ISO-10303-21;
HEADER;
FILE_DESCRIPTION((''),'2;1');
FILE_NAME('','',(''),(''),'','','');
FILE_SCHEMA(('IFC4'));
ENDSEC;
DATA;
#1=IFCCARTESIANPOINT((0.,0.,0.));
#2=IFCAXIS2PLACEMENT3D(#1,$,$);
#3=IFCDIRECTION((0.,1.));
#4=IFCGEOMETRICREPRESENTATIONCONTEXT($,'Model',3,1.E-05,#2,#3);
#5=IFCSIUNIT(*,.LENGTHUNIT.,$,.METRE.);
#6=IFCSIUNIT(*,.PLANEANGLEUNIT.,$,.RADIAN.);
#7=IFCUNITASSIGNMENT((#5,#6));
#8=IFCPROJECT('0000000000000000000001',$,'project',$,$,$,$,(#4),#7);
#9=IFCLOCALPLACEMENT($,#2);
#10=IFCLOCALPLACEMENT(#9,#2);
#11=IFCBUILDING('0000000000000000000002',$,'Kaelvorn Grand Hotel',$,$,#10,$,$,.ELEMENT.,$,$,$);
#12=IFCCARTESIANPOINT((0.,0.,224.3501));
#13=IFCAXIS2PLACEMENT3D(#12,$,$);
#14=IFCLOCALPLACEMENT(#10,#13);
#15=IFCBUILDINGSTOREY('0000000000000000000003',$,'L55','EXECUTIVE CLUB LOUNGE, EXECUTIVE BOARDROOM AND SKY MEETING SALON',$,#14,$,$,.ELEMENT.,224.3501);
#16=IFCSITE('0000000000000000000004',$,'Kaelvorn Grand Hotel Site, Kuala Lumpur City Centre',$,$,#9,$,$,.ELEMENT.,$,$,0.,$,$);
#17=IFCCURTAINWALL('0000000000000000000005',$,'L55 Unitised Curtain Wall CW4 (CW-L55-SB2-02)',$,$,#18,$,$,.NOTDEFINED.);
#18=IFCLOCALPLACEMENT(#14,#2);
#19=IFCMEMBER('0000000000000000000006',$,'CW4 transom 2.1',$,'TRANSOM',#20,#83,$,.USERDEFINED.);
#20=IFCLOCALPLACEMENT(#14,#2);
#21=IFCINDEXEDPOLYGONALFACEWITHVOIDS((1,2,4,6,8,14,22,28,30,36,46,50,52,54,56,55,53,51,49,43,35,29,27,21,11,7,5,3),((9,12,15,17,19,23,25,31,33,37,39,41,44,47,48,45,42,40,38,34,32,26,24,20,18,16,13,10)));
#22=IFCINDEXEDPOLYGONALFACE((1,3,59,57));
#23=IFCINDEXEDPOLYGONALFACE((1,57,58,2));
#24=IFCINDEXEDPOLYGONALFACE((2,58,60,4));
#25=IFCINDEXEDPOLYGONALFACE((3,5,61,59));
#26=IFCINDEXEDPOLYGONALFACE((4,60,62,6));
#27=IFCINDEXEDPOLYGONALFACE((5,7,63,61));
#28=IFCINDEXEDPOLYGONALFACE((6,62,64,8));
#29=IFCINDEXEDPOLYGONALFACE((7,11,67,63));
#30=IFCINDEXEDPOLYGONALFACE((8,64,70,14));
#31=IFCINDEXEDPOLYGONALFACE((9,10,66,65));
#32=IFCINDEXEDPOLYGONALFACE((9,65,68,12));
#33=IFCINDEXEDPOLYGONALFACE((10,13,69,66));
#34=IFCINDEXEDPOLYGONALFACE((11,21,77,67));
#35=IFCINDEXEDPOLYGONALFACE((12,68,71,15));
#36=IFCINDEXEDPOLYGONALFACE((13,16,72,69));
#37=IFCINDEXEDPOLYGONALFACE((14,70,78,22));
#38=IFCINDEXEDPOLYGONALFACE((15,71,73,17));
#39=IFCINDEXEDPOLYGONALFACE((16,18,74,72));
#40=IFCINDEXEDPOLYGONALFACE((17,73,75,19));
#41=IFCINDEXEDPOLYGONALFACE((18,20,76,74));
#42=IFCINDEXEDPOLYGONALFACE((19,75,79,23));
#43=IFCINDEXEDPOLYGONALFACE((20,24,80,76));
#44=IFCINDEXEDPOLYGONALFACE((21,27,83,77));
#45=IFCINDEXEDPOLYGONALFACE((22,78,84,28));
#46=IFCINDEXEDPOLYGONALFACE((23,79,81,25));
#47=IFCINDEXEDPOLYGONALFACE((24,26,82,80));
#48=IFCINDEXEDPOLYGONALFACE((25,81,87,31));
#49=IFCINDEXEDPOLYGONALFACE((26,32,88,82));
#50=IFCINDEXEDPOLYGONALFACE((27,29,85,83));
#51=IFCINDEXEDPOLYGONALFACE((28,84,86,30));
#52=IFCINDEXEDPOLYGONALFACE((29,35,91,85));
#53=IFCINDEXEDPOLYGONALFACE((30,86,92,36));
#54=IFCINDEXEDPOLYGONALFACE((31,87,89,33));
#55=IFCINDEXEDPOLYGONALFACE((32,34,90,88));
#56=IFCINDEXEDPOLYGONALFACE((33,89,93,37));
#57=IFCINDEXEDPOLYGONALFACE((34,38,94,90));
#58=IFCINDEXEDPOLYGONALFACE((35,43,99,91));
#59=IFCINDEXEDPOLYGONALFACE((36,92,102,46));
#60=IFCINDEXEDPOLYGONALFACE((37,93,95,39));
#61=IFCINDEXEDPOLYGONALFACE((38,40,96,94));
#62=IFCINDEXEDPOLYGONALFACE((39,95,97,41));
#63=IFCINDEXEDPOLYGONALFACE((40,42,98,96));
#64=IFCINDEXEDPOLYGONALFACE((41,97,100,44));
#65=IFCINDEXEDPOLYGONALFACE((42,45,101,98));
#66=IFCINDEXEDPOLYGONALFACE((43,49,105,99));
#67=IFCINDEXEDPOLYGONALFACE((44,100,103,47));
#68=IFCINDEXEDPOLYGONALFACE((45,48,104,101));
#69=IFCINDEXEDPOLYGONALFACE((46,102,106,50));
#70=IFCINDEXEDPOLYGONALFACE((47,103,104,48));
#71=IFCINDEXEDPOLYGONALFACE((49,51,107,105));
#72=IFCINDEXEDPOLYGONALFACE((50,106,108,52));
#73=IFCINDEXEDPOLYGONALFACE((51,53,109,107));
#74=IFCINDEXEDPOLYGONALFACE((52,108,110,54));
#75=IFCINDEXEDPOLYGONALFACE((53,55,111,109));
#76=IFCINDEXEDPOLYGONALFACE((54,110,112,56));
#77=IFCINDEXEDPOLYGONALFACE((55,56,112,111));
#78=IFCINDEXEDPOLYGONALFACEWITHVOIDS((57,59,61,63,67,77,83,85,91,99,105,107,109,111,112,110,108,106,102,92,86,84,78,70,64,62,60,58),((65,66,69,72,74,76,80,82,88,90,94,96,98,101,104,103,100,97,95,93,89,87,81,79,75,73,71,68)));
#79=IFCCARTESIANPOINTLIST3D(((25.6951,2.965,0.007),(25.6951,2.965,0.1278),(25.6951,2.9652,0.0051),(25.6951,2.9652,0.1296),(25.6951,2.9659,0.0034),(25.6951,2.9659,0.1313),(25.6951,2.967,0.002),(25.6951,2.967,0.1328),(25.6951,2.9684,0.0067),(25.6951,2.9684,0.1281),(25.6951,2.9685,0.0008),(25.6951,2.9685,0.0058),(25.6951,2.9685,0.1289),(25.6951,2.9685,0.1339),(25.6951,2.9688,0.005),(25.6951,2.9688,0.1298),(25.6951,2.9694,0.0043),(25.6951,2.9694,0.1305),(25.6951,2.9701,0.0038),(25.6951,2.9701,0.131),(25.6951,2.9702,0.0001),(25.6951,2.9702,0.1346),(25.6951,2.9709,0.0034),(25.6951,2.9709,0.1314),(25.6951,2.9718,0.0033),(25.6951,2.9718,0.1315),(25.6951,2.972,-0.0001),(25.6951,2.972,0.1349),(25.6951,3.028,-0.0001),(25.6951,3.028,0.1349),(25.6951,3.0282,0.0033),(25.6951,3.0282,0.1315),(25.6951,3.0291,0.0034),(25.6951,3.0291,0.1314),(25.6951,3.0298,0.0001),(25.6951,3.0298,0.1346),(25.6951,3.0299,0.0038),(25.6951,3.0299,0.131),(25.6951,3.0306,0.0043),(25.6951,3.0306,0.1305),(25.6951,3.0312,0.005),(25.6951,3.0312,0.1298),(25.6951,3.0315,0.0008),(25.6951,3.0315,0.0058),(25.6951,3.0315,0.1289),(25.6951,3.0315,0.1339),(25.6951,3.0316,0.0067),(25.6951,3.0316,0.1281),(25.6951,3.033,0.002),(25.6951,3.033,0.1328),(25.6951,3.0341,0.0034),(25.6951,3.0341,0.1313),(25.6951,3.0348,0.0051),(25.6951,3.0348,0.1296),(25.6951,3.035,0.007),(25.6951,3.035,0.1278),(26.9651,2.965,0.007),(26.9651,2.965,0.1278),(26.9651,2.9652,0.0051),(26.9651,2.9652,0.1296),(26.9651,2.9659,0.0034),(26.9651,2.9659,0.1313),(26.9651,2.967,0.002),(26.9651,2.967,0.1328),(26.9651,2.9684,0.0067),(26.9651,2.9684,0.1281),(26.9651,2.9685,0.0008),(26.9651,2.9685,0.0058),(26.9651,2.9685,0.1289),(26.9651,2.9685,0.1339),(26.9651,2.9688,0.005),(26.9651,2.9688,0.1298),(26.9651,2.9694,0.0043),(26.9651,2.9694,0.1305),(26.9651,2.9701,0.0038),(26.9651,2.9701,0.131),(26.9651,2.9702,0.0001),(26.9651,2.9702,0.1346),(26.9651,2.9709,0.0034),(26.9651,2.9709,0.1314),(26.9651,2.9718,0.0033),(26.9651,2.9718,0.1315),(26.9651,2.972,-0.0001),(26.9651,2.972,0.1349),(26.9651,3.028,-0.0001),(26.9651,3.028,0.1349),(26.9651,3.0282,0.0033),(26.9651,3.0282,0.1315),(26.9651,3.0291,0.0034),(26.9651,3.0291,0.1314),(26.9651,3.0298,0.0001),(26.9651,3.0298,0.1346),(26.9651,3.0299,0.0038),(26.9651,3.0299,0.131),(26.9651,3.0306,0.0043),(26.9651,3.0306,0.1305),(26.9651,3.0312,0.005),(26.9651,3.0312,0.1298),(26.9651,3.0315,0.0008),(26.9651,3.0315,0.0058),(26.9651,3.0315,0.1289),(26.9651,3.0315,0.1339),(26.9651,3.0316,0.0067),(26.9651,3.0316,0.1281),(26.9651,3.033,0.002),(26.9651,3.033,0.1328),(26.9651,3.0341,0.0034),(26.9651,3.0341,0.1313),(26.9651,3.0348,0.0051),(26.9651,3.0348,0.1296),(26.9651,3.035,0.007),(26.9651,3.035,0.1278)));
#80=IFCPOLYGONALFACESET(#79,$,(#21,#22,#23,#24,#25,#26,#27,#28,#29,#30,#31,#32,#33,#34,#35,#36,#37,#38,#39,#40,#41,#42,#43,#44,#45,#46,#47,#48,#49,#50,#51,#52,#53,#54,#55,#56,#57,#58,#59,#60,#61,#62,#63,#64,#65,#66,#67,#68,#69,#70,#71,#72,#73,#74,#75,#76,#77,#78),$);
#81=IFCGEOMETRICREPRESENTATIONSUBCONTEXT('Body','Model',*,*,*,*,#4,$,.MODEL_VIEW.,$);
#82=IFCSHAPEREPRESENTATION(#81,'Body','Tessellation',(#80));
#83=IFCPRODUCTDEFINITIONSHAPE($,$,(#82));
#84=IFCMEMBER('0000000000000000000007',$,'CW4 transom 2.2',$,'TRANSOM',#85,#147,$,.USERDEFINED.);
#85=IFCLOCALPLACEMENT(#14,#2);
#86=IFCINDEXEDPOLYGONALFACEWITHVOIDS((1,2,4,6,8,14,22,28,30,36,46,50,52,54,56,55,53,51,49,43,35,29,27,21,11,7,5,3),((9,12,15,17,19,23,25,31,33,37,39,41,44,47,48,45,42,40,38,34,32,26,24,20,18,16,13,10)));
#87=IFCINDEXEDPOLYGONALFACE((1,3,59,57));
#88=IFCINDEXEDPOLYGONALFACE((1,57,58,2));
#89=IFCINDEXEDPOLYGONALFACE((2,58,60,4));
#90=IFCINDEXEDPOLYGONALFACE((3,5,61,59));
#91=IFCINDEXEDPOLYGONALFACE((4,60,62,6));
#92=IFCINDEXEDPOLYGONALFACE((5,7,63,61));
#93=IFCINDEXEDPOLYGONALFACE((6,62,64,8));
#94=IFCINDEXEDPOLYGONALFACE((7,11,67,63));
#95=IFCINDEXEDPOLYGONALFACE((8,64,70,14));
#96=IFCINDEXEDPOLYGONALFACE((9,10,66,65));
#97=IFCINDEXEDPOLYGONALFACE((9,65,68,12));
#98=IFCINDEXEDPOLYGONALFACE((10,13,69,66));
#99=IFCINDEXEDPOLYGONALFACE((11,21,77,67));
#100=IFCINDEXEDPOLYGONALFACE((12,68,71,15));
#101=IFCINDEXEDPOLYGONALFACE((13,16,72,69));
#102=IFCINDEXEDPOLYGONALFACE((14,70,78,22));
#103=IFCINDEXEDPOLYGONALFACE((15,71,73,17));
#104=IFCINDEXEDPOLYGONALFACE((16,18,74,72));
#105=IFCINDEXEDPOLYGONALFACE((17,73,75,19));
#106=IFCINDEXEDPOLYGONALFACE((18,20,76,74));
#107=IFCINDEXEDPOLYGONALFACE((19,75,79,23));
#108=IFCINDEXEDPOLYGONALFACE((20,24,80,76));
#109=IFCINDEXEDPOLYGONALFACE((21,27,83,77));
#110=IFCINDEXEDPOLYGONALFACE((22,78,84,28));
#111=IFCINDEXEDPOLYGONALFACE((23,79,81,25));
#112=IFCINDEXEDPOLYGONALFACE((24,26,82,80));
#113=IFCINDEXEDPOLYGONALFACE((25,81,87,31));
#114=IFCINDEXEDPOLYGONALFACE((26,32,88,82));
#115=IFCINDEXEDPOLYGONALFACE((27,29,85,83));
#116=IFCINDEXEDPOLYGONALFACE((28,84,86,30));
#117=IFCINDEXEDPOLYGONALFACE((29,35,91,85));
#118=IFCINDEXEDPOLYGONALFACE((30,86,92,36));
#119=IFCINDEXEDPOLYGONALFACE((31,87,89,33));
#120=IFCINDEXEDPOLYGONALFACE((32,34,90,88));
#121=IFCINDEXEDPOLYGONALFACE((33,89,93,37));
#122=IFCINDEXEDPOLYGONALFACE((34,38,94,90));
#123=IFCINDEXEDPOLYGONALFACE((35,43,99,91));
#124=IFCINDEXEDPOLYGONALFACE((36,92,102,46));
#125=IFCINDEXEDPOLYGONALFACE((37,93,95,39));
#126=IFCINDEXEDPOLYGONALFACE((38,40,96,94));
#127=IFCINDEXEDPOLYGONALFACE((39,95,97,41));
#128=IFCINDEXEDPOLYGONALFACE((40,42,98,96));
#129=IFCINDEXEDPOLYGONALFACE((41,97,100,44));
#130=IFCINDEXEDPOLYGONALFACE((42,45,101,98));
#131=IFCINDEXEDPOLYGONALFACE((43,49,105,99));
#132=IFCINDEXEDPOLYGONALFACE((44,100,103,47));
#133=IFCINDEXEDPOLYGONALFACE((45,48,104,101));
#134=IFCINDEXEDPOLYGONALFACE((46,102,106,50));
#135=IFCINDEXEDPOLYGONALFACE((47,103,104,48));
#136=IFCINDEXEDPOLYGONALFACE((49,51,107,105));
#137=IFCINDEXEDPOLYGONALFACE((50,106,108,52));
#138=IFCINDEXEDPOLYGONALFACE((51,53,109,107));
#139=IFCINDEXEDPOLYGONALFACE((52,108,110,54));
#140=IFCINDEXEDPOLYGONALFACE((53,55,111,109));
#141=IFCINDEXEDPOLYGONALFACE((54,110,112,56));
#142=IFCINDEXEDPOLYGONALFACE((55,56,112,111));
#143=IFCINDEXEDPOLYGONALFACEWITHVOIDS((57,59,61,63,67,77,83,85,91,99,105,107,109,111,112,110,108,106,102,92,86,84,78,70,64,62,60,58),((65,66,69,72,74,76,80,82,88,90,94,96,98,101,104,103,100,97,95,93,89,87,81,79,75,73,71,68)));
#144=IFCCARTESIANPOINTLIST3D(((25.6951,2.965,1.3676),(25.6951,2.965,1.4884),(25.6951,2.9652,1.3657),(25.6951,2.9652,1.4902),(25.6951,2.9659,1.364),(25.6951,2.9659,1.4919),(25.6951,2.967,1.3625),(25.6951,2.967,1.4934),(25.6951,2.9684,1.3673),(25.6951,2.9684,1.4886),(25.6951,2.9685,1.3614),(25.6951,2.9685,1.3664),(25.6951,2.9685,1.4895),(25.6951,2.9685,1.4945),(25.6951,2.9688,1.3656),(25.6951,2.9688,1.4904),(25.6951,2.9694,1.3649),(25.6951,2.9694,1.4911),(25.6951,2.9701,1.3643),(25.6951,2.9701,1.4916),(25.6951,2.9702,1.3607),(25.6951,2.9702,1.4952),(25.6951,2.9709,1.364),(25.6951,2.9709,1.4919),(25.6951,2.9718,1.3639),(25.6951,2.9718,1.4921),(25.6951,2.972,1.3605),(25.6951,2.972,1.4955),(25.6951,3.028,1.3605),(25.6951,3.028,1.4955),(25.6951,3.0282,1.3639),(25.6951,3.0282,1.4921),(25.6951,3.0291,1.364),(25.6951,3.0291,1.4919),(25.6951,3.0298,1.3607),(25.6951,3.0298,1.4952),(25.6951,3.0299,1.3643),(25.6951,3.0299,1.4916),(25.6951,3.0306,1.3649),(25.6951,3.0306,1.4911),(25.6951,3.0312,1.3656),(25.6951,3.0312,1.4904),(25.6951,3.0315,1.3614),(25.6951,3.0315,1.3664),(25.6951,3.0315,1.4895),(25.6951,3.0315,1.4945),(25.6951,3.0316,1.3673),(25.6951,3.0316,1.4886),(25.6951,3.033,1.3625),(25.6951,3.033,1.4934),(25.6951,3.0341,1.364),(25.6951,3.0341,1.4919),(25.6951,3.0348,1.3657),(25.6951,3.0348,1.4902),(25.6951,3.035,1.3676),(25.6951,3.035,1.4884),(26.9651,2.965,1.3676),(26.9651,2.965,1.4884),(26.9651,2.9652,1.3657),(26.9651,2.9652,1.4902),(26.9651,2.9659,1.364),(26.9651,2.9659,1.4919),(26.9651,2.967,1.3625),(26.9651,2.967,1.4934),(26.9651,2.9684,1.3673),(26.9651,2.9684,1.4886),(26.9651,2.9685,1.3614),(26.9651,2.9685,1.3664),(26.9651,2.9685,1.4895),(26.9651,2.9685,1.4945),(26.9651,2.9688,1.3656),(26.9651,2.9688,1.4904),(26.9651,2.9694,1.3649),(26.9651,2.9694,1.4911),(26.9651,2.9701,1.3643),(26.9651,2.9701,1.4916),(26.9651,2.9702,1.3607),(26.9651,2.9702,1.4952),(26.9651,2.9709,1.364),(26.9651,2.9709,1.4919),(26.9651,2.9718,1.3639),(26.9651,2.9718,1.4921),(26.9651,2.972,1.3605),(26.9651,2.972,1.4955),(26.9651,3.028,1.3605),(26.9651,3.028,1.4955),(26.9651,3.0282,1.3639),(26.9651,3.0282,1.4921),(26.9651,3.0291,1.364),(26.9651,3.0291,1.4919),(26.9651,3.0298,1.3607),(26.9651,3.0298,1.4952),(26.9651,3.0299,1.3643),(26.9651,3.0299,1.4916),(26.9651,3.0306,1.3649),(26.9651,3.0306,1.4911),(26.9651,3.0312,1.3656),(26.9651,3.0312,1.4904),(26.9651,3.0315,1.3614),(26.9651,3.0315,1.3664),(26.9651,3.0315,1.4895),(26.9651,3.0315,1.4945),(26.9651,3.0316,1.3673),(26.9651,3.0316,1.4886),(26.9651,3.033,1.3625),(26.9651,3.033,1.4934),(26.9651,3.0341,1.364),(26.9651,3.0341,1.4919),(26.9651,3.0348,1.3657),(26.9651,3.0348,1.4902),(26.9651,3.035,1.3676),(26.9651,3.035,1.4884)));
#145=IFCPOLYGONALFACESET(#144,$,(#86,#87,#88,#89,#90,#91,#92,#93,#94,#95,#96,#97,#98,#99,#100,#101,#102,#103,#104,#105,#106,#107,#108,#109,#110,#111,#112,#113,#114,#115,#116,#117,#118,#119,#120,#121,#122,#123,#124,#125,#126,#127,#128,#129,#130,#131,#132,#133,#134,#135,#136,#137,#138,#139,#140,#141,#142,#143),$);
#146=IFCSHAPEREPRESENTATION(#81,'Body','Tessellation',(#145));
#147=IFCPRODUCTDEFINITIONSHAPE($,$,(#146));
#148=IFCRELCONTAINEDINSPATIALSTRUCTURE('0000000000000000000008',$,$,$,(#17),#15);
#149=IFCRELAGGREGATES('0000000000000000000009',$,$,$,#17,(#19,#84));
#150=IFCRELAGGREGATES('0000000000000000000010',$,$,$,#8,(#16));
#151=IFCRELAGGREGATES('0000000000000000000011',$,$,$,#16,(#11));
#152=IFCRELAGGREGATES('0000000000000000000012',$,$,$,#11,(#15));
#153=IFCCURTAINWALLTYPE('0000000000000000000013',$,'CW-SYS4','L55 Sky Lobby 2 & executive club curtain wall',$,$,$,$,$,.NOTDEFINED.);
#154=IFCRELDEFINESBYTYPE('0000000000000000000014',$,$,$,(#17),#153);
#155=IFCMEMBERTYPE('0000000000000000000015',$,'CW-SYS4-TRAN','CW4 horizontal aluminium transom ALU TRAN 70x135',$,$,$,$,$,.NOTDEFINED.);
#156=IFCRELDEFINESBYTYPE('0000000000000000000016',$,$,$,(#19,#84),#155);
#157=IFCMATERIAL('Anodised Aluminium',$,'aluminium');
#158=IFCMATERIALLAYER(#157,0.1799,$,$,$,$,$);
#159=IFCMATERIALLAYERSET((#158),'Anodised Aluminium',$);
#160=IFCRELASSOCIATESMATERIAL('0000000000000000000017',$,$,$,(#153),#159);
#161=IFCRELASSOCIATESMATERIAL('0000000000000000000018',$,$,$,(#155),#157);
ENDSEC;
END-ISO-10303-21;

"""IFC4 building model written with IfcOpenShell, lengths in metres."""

from ifc_helpers import new_model, si_unit, direction, frame, origin, origin_2d, place, context, subcontext, project, spatial, hollow_rectangle, extrude, material, layer, layer_set, material_profile, profile_set, type_object, element, aggregate, save


model = new_model("IFC4")

# Units and contexts
model_context = context("Model", 3, precision=1e-05, world=origin(), true_north=direction((0.0, 1.0)))
body_context = subcontext(model_context, "Body", "Model", "MODEL_VIEW")
ifc_project = project(units=[si_unit("LENGTHUNIT", "METRE"), si_unit("PLANEANGLEUNIT", "RADIAN")], contexts=[model_context])

# Site, building, storey
site_placement = place(None, origin())
site = spatial("IfcSite", under=ifc_project, at=site_placement, Name="Kaelvorn Grand Hotel Site, Kuala Lumpur City Centre", CompositionType="ELEMENT", RefElevation=0.0)
building_placement = place(site_placement, origin())
building = spatial("IfcBuilding", under=site, at=building_placement, Name="Kaelvorn Grand Hotel", CompositionType="ELEMENT")
storey_placement = place(building_placement, frame((0.0, 0.0, 224.3501)))
storey = spatial("IfcBuildingStorey", under=building, at=storey_placement, Name="L55", Description="EXECUTIVE CLUB LOUNGE, EXECUTIVE BOARDROOM AND SKY MEETING SALON", CompositionType="ELEMENT", Elevation=224.3501)

# Curtain wall, members
ifc_material_1 = material(Name="Anodised Aluminium", Category="aluminium")
ifc_layer_1 = layer(ifc_material_1, 0.1799)
ifc_layer_set_1 = layer_set([ifc_layer_1], Name="Anodised Aluminium")
curtain_wall_type = type_object("IfcCurtainWallType", Name="CW-SYS4", Description="L55 Sky Lobby 2 & executive club curtain wall", PredefinedType="NOTDEFINED", material=ifc_layer_set_1)
curtain_wall_placement = place(storey_placement, origin())
curtain_wall = element("IfcCurtainWall", 1, at=curtain_wall_placement, inside=storey, type_object=curtain_wall_type, Name="L55 Unitised Curtain Wall CW4 (CW-L55-SB2-02)", PredefinedType="NOTDEFINED")
ifc_material_profile_1 = material_profile(ifc_material_1, hollow_rectangle(XDim=0.0701, YDim=0.135, WallThickness=0.0034, InnerFilletRadius=0.0034, OuterFilletRadius=0.0071, at=origin_2d()), Name="ALU TRAN 70x135")
ifc_profile_set_1 = profile_set([ifc_material_profile_1], Name="Anodised Aluminium")
member_type_1 = type_object("IfcMemberType", Name="CW-SYS4-TRAN", Description="CW4 horizontal aluminium transom ALU TRAN 70x135", PredefinedType="NOTDEFINED", material=ifc_profile_set_1)
member_1_placement = place(storey_placement, frame((25.6951, 3.0, 0.0674), z_axis=(1.0, 0.0, 0.0), x_axis=(0.0, 1.0, 0.0)))
member_1 = element("IfcMember", 2, at=member_1_placement, type_object=member_type_1, Name="CW4 transom 2.1", ObjectType="TRANSOM", PredefinedType="USERDEFINED", context=body_context, shape_type="SweptSolid", body=[
    extrude(hollow_rectangle(XDim=0.0701, YDim=0.135, WallThickness=0.0034, InnerFilletRadius=0.0034, OuterFilletRadius=0.0071, at=origin_2d()), origin(), (0.0, 0.0, 1.0), 1.27),
])
member_2_placement = place(storey_placement, frame((25.6951, 3.0, 1.428), z_axis=(1.0, 0.0, 0.0), x_axis=(0.0, 1.0, 0.0)))
member_2 = element("IfcMember", 3, at=member_2_placement, type_object=member_type_1, Name="CW4 transom 2.2", ObjectType="TRANSOM", PredefinedType="USERDEFINED", context=body_context, shape_type="SweptSolid", body=[
    extrude(hollow_rectangle(XDim=0.0701, YDim=0.135, WallThickness=0.0034, InnerFilletRadius=0.0034, OuterFilletRadius=0.0071, at=origin_2d()), origin(), (0.0, 0.0, 1.0), 1.27),
])
aggregate(curtain_wall, [member_1, member_2])

save(model, "model.ifc")
